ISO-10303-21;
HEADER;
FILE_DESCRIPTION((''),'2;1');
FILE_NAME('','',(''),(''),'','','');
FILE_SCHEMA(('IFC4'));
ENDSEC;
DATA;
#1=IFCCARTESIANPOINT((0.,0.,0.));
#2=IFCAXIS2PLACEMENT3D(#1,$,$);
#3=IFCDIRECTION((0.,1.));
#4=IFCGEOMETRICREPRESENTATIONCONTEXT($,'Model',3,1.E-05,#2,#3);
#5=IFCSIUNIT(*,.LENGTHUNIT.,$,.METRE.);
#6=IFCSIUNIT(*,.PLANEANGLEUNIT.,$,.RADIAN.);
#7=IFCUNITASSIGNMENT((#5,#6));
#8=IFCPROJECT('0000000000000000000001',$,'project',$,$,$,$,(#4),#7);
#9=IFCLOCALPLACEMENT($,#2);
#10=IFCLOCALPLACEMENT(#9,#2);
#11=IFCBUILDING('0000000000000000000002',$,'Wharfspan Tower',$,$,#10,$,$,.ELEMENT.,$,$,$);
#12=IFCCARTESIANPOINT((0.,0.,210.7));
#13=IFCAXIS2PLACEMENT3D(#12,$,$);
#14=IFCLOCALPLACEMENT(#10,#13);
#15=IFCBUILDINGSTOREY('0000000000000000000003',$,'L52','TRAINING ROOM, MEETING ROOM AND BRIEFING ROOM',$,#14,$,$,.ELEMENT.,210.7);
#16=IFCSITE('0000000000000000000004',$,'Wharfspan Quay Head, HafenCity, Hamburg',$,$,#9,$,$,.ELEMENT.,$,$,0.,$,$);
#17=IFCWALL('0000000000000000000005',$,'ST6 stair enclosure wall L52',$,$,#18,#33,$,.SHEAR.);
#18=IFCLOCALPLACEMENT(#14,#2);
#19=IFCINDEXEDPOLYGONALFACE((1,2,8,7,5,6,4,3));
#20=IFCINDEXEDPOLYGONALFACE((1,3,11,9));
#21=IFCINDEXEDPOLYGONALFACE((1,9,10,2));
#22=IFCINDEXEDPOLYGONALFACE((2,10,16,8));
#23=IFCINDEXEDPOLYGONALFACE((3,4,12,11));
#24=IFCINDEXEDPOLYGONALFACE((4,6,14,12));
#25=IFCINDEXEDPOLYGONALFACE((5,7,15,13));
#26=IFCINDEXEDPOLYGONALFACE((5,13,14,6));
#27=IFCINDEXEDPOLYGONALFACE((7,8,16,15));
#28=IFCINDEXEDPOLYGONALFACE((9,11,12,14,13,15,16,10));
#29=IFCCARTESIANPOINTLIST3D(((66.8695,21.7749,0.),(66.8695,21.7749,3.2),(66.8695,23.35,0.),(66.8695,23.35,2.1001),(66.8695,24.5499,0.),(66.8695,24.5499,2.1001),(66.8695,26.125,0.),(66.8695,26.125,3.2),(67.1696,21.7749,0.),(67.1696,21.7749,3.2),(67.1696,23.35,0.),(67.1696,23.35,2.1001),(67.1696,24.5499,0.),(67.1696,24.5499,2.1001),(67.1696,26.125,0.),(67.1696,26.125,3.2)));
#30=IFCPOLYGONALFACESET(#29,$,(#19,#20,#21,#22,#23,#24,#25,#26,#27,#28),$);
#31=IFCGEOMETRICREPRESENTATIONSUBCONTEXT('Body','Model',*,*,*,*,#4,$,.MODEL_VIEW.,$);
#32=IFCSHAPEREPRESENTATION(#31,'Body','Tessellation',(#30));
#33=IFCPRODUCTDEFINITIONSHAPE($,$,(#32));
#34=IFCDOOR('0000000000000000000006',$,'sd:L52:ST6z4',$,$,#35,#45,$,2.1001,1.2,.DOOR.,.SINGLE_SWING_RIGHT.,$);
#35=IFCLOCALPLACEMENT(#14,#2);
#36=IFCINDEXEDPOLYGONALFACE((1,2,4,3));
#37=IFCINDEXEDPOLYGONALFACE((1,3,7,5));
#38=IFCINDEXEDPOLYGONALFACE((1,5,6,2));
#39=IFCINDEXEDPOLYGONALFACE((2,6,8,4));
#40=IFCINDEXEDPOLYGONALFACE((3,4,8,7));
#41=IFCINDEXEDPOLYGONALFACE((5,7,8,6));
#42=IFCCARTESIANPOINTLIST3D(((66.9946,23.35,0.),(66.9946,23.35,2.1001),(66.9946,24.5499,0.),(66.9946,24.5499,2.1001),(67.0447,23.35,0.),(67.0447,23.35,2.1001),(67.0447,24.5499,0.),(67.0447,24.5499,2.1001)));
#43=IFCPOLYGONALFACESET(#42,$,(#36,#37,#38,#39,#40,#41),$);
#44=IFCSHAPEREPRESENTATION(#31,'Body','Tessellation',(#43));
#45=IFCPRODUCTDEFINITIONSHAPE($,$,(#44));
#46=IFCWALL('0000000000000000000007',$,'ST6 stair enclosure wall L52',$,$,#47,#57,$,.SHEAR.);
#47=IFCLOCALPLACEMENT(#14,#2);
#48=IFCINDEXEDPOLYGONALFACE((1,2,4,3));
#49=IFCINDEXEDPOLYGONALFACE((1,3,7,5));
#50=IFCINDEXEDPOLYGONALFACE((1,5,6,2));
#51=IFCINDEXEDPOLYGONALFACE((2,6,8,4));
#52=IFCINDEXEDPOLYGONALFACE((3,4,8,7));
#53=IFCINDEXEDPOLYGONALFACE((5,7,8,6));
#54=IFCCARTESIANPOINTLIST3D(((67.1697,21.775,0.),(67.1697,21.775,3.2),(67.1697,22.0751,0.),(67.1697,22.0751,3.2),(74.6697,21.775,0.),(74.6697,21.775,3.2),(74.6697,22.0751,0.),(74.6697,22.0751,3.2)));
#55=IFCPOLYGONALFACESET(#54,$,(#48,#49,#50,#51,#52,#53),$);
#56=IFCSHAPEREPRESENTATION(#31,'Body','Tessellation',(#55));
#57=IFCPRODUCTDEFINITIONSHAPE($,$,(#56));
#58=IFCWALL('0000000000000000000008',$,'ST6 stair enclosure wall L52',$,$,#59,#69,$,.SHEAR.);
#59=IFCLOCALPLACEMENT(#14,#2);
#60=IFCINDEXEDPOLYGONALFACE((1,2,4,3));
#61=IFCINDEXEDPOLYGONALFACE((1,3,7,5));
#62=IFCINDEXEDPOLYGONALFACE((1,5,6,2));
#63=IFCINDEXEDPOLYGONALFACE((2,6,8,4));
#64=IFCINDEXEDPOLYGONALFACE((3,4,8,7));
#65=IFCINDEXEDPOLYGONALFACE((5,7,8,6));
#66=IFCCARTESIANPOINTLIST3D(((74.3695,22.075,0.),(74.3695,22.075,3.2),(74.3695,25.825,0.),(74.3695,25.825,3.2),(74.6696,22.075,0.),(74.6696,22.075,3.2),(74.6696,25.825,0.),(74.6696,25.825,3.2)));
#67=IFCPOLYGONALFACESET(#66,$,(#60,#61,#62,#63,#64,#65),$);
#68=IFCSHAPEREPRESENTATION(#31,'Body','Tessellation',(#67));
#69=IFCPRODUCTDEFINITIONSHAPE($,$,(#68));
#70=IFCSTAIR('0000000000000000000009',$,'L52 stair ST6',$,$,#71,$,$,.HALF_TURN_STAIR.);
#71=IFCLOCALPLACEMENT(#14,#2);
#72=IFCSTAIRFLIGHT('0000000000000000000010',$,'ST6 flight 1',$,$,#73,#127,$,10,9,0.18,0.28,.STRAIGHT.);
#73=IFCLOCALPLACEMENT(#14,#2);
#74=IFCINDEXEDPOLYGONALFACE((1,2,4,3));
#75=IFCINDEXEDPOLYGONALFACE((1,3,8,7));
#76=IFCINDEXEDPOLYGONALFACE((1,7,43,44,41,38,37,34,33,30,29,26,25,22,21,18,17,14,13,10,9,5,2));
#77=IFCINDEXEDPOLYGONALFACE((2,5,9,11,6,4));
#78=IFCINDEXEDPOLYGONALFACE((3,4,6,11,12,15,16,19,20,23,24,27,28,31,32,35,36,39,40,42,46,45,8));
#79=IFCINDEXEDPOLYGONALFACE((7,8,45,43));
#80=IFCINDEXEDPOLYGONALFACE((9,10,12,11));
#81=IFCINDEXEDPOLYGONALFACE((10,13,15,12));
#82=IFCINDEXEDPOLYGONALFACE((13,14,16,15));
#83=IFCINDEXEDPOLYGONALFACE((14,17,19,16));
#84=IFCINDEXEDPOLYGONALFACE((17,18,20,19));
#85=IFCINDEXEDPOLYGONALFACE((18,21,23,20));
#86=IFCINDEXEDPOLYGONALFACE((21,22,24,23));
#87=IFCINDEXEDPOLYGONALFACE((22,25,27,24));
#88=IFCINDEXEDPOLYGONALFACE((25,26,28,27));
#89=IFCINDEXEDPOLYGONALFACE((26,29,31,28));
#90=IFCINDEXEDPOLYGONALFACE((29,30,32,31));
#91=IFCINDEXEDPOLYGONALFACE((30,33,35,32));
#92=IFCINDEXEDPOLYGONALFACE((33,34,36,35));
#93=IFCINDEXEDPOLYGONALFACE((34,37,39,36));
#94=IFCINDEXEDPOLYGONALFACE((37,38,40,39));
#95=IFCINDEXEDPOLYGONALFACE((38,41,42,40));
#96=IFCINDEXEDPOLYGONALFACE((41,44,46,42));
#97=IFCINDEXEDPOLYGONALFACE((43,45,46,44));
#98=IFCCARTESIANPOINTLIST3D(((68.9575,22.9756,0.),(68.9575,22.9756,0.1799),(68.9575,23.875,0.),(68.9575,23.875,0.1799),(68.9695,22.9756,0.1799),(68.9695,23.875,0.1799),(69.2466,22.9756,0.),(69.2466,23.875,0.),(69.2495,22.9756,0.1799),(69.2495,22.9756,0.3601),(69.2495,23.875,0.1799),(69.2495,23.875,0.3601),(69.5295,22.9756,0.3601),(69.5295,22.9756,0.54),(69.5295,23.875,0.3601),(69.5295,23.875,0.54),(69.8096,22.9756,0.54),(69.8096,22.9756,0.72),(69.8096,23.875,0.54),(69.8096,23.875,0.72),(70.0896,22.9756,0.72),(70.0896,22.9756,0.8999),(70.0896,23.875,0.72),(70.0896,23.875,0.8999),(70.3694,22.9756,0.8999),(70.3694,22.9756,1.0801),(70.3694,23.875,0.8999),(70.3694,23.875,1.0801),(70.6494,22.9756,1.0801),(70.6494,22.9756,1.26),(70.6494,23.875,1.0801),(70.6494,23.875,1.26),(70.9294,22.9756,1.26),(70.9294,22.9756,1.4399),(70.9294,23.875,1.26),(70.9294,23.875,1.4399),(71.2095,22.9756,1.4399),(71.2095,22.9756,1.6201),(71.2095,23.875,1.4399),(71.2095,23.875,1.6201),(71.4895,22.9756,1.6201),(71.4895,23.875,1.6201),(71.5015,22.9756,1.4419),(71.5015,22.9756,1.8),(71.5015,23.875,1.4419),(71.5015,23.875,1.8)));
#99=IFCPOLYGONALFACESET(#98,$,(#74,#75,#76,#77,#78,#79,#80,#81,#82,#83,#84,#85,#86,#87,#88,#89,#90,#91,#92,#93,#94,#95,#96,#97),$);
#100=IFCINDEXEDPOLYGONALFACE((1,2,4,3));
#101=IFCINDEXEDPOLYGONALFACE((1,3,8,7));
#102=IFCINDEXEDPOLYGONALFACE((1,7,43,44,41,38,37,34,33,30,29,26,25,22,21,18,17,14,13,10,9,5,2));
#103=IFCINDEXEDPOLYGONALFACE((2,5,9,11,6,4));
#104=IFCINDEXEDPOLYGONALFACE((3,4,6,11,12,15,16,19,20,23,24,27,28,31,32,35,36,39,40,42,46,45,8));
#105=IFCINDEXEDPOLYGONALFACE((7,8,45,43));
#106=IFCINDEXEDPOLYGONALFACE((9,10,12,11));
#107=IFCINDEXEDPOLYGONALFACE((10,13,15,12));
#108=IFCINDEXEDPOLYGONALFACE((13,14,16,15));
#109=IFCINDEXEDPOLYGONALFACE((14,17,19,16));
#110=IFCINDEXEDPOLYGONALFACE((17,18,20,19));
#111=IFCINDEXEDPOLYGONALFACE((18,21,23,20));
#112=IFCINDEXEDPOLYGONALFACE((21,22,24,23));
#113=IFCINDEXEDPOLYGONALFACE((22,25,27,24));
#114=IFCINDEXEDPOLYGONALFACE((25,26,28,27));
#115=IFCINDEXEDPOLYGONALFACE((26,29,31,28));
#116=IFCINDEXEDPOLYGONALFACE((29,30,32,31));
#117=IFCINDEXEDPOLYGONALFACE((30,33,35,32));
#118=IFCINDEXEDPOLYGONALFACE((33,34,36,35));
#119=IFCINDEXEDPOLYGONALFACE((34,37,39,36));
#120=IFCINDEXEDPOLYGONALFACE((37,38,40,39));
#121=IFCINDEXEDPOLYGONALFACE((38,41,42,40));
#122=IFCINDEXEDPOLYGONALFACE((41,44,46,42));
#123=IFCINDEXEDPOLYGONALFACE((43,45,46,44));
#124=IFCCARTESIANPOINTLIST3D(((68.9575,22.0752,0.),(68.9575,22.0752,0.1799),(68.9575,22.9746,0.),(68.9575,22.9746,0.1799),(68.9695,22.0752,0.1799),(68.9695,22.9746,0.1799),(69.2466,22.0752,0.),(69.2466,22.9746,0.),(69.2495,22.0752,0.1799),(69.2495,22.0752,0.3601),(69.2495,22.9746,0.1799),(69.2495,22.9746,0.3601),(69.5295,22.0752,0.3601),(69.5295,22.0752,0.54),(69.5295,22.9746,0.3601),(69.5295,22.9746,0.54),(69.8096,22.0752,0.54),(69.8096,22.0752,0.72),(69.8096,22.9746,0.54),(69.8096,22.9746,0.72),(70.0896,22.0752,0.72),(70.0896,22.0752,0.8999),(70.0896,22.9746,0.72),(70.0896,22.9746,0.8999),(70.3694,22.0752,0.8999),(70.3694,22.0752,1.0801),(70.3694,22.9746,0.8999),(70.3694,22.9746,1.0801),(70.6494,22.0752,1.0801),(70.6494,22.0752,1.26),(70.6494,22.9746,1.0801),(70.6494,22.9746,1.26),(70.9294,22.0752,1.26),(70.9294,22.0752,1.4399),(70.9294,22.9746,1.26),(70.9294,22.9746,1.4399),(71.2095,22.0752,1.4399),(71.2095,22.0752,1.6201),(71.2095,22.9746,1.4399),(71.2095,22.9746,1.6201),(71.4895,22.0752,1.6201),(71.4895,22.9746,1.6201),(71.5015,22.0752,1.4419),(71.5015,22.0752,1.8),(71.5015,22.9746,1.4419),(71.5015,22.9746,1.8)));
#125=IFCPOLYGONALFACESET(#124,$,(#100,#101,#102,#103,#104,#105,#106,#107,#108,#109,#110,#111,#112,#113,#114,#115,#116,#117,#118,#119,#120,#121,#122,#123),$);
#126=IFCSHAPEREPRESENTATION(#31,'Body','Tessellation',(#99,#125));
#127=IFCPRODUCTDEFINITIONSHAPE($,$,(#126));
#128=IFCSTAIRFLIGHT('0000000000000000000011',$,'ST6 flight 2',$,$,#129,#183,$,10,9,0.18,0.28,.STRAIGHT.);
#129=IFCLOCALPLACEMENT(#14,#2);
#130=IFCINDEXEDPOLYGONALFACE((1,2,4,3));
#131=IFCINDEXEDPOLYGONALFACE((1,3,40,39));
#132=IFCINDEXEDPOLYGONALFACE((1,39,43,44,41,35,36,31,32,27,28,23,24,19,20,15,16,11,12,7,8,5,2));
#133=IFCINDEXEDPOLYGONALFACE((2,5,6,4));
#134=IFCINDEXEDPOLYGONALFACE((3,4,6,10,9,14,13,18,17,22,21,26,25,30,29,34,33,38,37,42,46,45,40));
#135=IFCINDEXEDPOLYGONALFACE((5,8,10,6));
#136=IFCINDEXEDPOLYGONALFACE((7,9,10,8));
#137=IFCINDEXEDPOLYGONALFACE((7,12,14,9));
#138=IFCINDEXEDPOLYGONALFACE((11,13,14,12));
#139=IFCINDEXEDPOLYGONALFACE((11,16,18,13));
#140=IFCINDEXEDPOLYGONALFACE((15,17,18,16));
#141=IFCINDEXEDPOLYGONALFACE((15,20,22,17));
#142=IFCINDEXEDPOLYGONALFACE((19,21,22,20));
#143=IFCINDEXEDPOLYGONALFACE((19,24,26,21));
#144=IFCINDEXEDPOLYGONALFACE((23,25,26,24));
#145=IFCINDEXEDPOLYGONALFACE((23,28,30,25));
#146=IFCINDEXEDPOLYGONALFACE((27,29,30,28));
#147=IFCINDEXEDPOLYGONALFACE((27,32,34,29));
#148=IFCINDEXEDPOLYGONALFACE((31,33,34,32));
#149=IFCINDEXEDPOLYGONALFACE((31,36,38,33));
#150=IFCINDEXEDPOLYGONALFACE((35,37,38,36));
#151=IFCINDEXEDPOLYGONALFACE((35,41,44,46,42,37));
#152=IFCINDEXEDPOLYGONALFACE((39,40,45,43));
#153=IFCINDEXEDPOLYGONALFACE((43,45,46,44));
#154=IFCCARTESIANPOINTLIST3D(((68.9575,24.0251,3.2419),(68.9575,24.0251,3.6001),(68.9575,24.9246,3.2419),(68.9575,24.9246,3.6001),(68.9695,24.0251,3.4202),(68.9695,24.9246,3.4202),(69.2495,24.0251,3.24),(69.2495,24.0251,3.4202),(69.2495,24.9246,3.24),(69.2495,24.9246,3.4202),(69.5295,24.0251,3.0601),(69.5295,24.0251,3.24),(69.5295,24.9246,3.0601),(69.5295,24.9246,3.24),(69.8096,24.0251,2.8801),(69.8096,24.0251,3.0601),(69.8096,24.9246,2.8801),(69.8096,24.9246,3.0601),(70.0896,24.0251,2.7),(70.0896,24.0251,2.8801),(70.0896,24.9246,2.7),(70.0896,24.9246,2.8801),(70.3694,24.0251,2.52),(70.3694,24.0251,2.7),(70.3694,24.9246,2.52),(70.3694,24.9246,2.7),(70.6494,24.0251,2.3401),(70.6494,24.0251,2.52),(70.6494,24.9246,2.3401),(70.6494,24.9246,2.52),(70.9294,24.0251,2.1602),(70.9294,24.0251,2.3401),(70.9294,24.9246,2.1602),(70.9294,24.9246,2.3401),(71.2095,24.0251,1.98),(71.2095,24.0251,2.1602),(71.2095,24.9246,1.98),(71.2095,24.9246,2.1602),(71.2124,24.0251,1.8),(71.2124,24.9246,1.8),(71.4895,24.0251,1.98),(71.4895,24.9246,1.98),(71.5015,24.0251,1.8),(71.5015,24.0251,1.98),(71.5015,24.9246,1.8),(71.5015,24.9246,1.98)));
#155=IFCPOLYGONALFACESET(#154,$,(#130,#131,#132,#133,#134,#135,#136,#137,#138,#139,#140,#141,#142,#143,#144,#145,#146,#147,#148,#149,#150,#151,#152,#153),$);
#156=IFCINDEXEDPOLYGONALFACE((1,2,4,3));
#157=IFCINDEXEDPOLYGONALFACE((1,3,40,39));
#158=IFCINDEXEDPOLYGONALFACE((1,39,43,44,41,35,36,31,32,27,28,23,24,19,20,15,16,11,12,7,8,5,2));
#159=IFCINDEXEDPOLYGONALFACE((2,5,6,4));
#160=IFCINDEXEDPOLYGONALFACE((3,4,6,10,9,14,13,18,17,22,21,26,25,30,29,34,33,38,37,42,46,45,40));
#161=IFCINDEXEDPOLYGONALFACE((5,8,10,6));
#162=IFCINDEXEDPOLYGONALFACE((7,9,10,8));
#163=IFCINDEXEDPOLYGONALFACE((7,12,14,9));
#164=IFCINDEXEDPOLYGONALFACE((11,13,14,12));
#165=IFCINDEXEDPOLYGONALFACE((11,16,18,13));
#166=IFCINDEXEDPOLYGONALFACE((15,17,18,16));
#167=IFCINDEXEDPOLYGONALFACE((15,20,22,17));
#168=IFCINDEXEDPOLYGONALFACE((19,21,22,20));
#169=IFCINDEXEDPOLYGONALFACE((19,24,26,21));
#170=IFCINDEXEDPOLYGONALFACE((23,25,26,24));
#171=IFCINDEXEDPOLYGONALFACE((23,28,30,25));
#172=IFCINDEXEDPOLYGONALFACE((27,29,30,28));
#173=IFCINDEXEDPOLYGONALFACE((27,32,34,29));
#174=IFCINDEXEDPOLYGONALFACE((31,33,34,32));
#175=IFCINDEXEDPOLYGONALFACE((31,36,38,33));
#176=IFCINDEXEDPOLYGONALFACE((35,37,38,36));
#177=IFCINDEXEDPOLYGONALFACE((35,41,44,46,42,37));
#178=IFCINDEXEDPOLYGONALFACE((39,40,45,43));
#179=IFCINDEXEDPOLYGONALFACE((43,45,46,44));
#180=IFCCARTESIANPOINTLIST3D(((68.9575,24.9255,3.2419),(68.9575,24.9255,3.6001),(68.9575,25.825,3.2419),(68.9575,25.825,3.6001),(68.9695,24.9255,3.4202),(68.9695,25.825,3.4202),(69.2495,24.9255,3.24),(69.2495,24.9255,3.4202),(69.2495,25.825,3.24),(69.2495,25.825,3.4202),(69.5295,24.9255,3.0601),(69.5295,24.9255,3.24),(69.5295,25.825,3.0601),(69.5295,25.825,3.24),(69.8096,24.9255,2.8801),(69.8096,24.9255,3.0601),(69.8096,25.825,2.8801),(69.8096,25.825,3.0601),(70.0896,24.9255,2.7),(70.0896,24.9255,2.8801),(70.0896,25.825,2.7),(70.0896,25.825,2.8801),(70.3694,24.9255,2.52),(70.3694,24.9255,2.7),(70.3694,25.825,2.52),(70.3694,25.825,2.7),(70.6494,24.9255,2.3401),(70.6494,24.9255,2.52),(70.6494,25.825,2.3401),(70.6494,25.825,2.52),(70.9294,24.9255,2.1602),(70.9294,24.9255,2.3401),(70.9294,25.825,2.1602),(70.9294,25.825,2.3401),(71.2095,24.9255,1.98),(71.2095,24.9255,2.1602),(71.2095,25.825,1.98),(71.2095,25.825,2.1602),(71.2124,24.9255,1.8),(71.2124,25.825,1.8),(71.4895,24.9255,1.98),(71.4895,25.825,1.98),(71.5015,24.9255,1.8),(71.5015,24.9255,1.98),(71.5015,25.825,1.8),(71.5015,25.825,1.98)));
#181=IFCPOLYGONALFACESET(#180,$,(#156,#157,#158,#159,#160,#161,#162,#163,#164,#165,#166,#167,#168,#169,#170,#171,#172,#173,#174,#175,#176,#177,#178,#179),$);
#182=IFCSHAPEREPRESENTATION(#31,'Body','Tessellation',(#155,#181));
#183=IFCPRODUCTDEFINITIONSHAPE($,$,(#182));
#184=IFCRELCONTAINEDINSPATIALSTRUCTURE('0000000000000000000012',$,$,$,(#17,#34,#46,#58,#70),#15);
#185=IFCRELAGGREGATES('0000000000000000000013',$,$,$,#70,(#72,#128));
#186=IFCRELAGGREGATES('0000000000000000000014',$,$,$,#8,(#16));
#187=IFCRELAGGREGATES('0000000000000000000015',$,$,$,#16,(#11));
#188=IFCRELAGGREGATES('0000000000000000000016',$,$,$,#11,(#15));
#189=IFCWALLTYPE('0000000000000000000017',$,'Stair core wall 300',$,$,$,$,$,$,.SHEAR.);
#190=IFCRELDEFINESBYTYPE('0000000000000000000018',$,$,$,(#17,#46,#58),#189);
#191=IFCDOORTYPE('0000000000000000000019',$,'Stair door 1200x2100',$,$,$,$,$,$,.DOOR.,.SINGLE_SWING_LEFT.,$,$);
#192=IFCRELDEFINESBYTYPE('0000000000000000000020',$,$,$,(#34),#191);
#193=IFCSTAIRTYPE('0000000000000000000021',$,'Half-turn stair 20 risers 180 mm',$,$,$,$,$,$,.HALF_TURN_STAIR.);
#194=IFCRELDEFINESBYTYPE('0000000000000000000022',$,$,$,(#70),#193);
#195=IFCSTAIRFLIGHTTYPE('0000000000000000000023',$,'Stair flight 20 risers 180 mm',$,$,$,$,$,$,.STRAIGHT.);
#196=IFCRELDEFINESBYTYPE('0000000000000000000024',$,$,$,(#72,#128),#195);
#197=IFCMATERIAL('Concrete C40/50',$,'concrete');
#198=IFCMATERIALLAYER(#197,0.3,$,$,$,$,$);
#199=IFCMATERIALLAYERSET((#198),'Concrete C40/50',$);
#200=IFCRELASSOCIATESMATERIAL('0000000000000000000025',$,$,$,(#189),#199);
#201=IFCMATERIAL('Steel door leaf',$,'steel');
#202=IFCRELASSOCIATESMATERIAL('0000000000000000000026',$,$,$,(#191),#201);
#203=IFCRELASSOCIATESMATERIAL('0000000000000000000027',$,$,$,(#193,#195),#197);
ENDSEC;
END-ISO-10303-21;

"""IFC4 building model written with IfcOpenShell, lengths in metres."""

from ifc_helpers import new_model, si_unit, direction, frame, frame_2d, origin, place, context, subcontext, project, spatial, polyline, rectangle, outline, extrude, material, layer, layer_set, type_object, element, fill, aggregate, save


model = new_model("IFC4")

# Units and contexts
model_context = context("Model", 3, precision=1e-05, world=origin(), true_north=direction((0.0, 1.0)))
body_context = subcontext(model_context, "Body", "Model", "MODEL_VIEW")
ifc_project = project(units=[si_unit("LENGTHUNIT", "METRE"), si_unit("PLANEANGLEUNIT", "RADIAN")], contexts=[model_context])

# Site, building, storey
site_placement = place(None, origin())
site = spatial("IfcSite", under=ifc_project, at=site_placement, Name="Wharfspan Quay Head, HafenCity, Hamburg", CompositionType="ELEMENT", RefElevation=0.0)
building_placement = place(site_placement, origin())
building = spatial("IfcBuilding", under=site, at=building_placement, Name="Wharfspan Tower", CompositionType="ELEMENT")
storey_placement = place(building_placement, frame((0.0, 0.0, 210.7)))
storey = spatial("IfcBuildingStorey", under=building, at=storey_placement, Name="L52", Description="TRAINING ROOM, MEETING ROOM AND BRIEFING ROOM", CompositionType="ELEMENT", Elevation=210.7)

# Wall, opening, door
ifc_material_1 = material(Name="Concrete C40/50", Category="concrete")
ifc_layer_1 = layer(ifc_material_1, 0.3)
ifc_layer_set_1 = layer_set([ifc_layer_1], Name="Concrete C40/50")
wall_type_1 = type_object("IfcWallType", Name="Stair core wall 300", PredefinedType="SHEAR", material=ifc_layer_set_1)
wall_1_placement = place(storey_placement, frame((67.0195, 21.7749, 0.0), z_axis=(0.0, 0.0, 1.0), x_axis=(0.0, 1.0, 0.0)))
wall_1 = element("IfcWall", 1, at=wall_1_placement, inside=storey, type_object=wall_type_1, Name="ST6 stair enclosure wall L52", PredefinedType="SHEAR", context=body_context, shape_type="SweptSolid", body=[
    extrude(rectangle(XDim=4.3501, YDim=0.3, at=frame_2d((2.175, 0.0))), origin(), (0.0, 0.0, 1.0), 3.2),
])
opening_1_placement = place(wall_1_placement, frame((1.575, 0.0, 0.0)))
opening_1 = element("IfcOpeningElement", 2, at=opening_1_placement, cuts=wall_1, PredefinedType="OPENING", context=body_context, shape_type="SweptSolid", body=[
    extrude(rectangle(XDim=1.2, YDim=2.1001, at=frame_2d((0.6001, 1.05))), frame((0.0, 0.1599, 0.0), z_axis=(0.0, -1.0, 0.0), x_axis=(1.0, 0.0, 0.0)), (0.0, 0.0, 1.0), 0.3201),
])
ifc_material_2 = material(Name="Steel door leaf", Category="steel")
door_type_1 = type_object("IfcDoorType", Name="Stair door 1200x2100", OperationType="SINGLE_SWING_LEFT", PredefinedType="DOOR", material=ifc_material_2)
door_1_placement = place(opening_1_placement, origin())
door_1 = element("IfcDoor", 3, at=door_1_placement, inside=storey, type_object=door_type_1, Name="sd:L52:ST6z4", OperationType="SINGLE_SWING_RIGHT", OverallHeight=2.1001, OverallWidth=1.2, PredefinedType="DOOR", context=body_context, shape_type="SweptSolid", body=[
    extrude(rectangle(XDim=1.2, YDim=2.1001, at=frame_2d((0.6001, 1.05))), frame((0.0, 0.0249, 0.0), z_axis=(0.0, -1.0, 0.0), x_axis=(1.0, 0.0, 0.0)), (0.0, 0.0, 1.0), 0.05),
])
fill(opening_1, door_1)

# Walls
wall_2_placement = place(storey_placement, frame((67.1697, 21.925, 0.0), z_axis=(0.0, 0.0, 1.0), x_axis=(1.0, 0.0, 0.0)))
element("IfcWall", 4, at=wall_2_placement, inside=storey, type_object=wall_type_1, Name="ST6 stair enclosure wall L52", PredefinedType="SHEAR", context=body_context, shape_type="SweptSolid", body=[
    extrude(rectangle(XDim=7.5, YDim=0.3, at=frame_2d((3.75, 0.0))), origin(), (0.0, 0.0, 1.0), 3.2),
])
wall_3_placement = place(storey_placement, frame((74.5195, 22.075, 0.0), z_axis=(0.0, 0.0, 1.0), x_axis=(0.0, 1.0, 0.0)))
element("IfcWall", 5, at=wall_3_placement, inside=storey, type_object=wall_type_1, Name="ST6 stair enclosure wall L52", PredefinedType="SHEAR", context=body_context, shape_type="SweptSolid", body=[
    extrude(rectangle(XDim=3.75, YDim=0.3, at=frame_2d((1.875, 0.0))), origin(), (0.0, 0.0, 1.0), 3.2),
])

# Stair, stair flights
stair_type = type_object("IfcStairType", Name="Half-turn stair 20 risers 180 mm", PredefinedType="HALF_TURN_STAIR", material=ifc_material_1)
stair_placement = place(storey_placement, origin())
stair = element("IfcStair", 6, at=stair_placement, inside=storey, type_object=stair_type, Name="L52 stair ST6", PredefinedType="HALF_TURN_STAIR")
stair_flight_type = type_object("IfcStairFlightType", Name="Stair flight 20 risers 180 mm", PredefinedType="STRAIGHT", material=ifc_material_1)
stair_flight_1_placement = place(storey_placement, frame((68.9695, 22.9751, 0.0), z_axis=(0.0, 0.0, 1.0), x_axis=(1.0, 0.0, 0.0)))
stair_flight_1 = element("IfcStairFlight", 7, at=stair_flight_1_placement, type_object=stair_flight_type, Name="ST6 flight 1", NumberOfRisers=10, NumberOfTreads=9, PredefinedType="STRAIGHT", RiserHeight=0.18, TreadLength=0.28, context=body_context, shape_type="SweptSolid", body=[
    extrude(outline(polyline([(-0.012, 0.0), (-0.012, 0.1799), (0.0, 0.1799), (0.28, 0.1799), (0.28, 0.3601), (0.5601, 0.3601), (0.5601, 0.54), (0.8401, 0.54), (0.8401, 0.72), (1.1201, 0.72), (1.1201, 0.8999), (1.3999, 0.8999), (1.3999, 1.0801), (1.6799, 1.0801), (1.6799, 1.26), (1.96, 1.26), (1.96, 1.4399), (2.24, 1.4399), (2.24, 1.6201), (2.52, 1.6201), (2.532, 1.8), (2.532, 1.4419), (0.2771, 0.0), (-0.012, 0.0)])), frame((0.0, 0.8999, 0.0), z_axis=(0.0, -1.0, 0.0), x_axis=(1.0, 0.0, 0.0)), (0.0, 0.0, 1.0), 0.8994),
    extrude(outline(polyline([(-0.012, 0.0), (-0.012, 0.1799), (0.0, 0.1799), (0.28, 0.1799), (0.28, 0.3601), (0.5601, 0.3601), (0.5601, 0.54), (0.8401, 0.54), (0.8401, 0.72), (1.1201, 0.72), (1.1201, 0.8999), (1.3999, 0.8999), (1.3999, 1.0801), (1.6799, 1.0801), (1.6799, 1.26), (1.96, 1.26), (1.96, 1.4399), (2.24, 1.4399), (2.24, 1.6201), (2.52, 1.6201), (2.532, 1.8), (2.532, 1.4419), (0.2771, 0.0), (-0.012, 0.0)])), frame((0.0, -0.0005, 0.0), z_axis=(0.0, -1.0, 0.0), x_axis=(1.0, 0.0, 0.0)), (0.0, 0.0, 1.0), 0.8994),
])
stair_flight_2_placement = place(storey_placement, frame((71.4895, 24.925, 1.8), z_axis=(0.0, 0.0, 1.0), x_axis=(-1.0, 0.0, 0.0)))
stair_flight_2 = element("IfcStairFlight", 8, at=stair_flight_2_placement, type_object=stair_flight_type, Name="ST6 flight 2", NumberOfRisers=10, NumberOfTreads=9, PredefinedType="STRAIGHT", RiserHeight=0.18, TreadLength=0.28, context=body_context, shape_type="SweptSolid", body=[
    extrude(outline(polyline([(-0.012, 0.0), (-0.012, 0.1799), (0.0, 0.1799), (0.28, 0.1799), (0.28, 0.3601), (0.5601, 0.3601), (0.5601, 0.54), (0.8401, 0.54), (0.8401, 0.72), (1.1201, 0.72), (1.1201, 0.8999), (1.3999, 0.8999), (1.3999, 1.0801), (1.6799, 1.0801), (1.6799, 1.26), (1.96, 1.26), (1.96, 1.4399), (2.24, 1.4399), (2.24, 1.6201), (2.52, 1.6201), (2.532, 1.8), (2.532, 1.4419), (0.2771, 0.0), (-0.012, 0.0)])), frame((0.0, 0.8999, 0.0), z_axis=(0.0, -1.0, 0.0), x_axis=(1.0, 0.0, 0.0)), (0.0, 0.0, 1.0), 0.8994),
    extrude(outline(polyline([(-0.012, 0.0), (-0.012, 0.1799), (0.0, 0.1799), (0.28, 0.1799), (0.28, 0.3601), (0.5601, 0.3601), (0.5601, 0.54), (0.8401, 0.54), (0.8401, 0.72), (1.1201, 0.72), (1.1201, 0.8999), (1.3999, 0.8999), (1.3999, 1.0801), (1.6799, 1.0801), (1.6799, 1.26), (1.96, 1.26), (1.96, 1.4399), (2.24, 1.4399), (2.24, 1.6201), (2.52, 1.6201), (2.532, 1.8), (2.532, 1.4419), (0.2771, 0.0), (-0.012, 0.0)])), frame((0.0, -0.0005, 0.0), z_axis=(0.0, -1.0, 0.0), x_axis=(1.0, 0.0, 0.0)), (0.0, 0.0, 1.0), 0.8994),
])
aggregate(stair, [stair_flight_1, stair_flight_2])

save(model, "model.ifc")
